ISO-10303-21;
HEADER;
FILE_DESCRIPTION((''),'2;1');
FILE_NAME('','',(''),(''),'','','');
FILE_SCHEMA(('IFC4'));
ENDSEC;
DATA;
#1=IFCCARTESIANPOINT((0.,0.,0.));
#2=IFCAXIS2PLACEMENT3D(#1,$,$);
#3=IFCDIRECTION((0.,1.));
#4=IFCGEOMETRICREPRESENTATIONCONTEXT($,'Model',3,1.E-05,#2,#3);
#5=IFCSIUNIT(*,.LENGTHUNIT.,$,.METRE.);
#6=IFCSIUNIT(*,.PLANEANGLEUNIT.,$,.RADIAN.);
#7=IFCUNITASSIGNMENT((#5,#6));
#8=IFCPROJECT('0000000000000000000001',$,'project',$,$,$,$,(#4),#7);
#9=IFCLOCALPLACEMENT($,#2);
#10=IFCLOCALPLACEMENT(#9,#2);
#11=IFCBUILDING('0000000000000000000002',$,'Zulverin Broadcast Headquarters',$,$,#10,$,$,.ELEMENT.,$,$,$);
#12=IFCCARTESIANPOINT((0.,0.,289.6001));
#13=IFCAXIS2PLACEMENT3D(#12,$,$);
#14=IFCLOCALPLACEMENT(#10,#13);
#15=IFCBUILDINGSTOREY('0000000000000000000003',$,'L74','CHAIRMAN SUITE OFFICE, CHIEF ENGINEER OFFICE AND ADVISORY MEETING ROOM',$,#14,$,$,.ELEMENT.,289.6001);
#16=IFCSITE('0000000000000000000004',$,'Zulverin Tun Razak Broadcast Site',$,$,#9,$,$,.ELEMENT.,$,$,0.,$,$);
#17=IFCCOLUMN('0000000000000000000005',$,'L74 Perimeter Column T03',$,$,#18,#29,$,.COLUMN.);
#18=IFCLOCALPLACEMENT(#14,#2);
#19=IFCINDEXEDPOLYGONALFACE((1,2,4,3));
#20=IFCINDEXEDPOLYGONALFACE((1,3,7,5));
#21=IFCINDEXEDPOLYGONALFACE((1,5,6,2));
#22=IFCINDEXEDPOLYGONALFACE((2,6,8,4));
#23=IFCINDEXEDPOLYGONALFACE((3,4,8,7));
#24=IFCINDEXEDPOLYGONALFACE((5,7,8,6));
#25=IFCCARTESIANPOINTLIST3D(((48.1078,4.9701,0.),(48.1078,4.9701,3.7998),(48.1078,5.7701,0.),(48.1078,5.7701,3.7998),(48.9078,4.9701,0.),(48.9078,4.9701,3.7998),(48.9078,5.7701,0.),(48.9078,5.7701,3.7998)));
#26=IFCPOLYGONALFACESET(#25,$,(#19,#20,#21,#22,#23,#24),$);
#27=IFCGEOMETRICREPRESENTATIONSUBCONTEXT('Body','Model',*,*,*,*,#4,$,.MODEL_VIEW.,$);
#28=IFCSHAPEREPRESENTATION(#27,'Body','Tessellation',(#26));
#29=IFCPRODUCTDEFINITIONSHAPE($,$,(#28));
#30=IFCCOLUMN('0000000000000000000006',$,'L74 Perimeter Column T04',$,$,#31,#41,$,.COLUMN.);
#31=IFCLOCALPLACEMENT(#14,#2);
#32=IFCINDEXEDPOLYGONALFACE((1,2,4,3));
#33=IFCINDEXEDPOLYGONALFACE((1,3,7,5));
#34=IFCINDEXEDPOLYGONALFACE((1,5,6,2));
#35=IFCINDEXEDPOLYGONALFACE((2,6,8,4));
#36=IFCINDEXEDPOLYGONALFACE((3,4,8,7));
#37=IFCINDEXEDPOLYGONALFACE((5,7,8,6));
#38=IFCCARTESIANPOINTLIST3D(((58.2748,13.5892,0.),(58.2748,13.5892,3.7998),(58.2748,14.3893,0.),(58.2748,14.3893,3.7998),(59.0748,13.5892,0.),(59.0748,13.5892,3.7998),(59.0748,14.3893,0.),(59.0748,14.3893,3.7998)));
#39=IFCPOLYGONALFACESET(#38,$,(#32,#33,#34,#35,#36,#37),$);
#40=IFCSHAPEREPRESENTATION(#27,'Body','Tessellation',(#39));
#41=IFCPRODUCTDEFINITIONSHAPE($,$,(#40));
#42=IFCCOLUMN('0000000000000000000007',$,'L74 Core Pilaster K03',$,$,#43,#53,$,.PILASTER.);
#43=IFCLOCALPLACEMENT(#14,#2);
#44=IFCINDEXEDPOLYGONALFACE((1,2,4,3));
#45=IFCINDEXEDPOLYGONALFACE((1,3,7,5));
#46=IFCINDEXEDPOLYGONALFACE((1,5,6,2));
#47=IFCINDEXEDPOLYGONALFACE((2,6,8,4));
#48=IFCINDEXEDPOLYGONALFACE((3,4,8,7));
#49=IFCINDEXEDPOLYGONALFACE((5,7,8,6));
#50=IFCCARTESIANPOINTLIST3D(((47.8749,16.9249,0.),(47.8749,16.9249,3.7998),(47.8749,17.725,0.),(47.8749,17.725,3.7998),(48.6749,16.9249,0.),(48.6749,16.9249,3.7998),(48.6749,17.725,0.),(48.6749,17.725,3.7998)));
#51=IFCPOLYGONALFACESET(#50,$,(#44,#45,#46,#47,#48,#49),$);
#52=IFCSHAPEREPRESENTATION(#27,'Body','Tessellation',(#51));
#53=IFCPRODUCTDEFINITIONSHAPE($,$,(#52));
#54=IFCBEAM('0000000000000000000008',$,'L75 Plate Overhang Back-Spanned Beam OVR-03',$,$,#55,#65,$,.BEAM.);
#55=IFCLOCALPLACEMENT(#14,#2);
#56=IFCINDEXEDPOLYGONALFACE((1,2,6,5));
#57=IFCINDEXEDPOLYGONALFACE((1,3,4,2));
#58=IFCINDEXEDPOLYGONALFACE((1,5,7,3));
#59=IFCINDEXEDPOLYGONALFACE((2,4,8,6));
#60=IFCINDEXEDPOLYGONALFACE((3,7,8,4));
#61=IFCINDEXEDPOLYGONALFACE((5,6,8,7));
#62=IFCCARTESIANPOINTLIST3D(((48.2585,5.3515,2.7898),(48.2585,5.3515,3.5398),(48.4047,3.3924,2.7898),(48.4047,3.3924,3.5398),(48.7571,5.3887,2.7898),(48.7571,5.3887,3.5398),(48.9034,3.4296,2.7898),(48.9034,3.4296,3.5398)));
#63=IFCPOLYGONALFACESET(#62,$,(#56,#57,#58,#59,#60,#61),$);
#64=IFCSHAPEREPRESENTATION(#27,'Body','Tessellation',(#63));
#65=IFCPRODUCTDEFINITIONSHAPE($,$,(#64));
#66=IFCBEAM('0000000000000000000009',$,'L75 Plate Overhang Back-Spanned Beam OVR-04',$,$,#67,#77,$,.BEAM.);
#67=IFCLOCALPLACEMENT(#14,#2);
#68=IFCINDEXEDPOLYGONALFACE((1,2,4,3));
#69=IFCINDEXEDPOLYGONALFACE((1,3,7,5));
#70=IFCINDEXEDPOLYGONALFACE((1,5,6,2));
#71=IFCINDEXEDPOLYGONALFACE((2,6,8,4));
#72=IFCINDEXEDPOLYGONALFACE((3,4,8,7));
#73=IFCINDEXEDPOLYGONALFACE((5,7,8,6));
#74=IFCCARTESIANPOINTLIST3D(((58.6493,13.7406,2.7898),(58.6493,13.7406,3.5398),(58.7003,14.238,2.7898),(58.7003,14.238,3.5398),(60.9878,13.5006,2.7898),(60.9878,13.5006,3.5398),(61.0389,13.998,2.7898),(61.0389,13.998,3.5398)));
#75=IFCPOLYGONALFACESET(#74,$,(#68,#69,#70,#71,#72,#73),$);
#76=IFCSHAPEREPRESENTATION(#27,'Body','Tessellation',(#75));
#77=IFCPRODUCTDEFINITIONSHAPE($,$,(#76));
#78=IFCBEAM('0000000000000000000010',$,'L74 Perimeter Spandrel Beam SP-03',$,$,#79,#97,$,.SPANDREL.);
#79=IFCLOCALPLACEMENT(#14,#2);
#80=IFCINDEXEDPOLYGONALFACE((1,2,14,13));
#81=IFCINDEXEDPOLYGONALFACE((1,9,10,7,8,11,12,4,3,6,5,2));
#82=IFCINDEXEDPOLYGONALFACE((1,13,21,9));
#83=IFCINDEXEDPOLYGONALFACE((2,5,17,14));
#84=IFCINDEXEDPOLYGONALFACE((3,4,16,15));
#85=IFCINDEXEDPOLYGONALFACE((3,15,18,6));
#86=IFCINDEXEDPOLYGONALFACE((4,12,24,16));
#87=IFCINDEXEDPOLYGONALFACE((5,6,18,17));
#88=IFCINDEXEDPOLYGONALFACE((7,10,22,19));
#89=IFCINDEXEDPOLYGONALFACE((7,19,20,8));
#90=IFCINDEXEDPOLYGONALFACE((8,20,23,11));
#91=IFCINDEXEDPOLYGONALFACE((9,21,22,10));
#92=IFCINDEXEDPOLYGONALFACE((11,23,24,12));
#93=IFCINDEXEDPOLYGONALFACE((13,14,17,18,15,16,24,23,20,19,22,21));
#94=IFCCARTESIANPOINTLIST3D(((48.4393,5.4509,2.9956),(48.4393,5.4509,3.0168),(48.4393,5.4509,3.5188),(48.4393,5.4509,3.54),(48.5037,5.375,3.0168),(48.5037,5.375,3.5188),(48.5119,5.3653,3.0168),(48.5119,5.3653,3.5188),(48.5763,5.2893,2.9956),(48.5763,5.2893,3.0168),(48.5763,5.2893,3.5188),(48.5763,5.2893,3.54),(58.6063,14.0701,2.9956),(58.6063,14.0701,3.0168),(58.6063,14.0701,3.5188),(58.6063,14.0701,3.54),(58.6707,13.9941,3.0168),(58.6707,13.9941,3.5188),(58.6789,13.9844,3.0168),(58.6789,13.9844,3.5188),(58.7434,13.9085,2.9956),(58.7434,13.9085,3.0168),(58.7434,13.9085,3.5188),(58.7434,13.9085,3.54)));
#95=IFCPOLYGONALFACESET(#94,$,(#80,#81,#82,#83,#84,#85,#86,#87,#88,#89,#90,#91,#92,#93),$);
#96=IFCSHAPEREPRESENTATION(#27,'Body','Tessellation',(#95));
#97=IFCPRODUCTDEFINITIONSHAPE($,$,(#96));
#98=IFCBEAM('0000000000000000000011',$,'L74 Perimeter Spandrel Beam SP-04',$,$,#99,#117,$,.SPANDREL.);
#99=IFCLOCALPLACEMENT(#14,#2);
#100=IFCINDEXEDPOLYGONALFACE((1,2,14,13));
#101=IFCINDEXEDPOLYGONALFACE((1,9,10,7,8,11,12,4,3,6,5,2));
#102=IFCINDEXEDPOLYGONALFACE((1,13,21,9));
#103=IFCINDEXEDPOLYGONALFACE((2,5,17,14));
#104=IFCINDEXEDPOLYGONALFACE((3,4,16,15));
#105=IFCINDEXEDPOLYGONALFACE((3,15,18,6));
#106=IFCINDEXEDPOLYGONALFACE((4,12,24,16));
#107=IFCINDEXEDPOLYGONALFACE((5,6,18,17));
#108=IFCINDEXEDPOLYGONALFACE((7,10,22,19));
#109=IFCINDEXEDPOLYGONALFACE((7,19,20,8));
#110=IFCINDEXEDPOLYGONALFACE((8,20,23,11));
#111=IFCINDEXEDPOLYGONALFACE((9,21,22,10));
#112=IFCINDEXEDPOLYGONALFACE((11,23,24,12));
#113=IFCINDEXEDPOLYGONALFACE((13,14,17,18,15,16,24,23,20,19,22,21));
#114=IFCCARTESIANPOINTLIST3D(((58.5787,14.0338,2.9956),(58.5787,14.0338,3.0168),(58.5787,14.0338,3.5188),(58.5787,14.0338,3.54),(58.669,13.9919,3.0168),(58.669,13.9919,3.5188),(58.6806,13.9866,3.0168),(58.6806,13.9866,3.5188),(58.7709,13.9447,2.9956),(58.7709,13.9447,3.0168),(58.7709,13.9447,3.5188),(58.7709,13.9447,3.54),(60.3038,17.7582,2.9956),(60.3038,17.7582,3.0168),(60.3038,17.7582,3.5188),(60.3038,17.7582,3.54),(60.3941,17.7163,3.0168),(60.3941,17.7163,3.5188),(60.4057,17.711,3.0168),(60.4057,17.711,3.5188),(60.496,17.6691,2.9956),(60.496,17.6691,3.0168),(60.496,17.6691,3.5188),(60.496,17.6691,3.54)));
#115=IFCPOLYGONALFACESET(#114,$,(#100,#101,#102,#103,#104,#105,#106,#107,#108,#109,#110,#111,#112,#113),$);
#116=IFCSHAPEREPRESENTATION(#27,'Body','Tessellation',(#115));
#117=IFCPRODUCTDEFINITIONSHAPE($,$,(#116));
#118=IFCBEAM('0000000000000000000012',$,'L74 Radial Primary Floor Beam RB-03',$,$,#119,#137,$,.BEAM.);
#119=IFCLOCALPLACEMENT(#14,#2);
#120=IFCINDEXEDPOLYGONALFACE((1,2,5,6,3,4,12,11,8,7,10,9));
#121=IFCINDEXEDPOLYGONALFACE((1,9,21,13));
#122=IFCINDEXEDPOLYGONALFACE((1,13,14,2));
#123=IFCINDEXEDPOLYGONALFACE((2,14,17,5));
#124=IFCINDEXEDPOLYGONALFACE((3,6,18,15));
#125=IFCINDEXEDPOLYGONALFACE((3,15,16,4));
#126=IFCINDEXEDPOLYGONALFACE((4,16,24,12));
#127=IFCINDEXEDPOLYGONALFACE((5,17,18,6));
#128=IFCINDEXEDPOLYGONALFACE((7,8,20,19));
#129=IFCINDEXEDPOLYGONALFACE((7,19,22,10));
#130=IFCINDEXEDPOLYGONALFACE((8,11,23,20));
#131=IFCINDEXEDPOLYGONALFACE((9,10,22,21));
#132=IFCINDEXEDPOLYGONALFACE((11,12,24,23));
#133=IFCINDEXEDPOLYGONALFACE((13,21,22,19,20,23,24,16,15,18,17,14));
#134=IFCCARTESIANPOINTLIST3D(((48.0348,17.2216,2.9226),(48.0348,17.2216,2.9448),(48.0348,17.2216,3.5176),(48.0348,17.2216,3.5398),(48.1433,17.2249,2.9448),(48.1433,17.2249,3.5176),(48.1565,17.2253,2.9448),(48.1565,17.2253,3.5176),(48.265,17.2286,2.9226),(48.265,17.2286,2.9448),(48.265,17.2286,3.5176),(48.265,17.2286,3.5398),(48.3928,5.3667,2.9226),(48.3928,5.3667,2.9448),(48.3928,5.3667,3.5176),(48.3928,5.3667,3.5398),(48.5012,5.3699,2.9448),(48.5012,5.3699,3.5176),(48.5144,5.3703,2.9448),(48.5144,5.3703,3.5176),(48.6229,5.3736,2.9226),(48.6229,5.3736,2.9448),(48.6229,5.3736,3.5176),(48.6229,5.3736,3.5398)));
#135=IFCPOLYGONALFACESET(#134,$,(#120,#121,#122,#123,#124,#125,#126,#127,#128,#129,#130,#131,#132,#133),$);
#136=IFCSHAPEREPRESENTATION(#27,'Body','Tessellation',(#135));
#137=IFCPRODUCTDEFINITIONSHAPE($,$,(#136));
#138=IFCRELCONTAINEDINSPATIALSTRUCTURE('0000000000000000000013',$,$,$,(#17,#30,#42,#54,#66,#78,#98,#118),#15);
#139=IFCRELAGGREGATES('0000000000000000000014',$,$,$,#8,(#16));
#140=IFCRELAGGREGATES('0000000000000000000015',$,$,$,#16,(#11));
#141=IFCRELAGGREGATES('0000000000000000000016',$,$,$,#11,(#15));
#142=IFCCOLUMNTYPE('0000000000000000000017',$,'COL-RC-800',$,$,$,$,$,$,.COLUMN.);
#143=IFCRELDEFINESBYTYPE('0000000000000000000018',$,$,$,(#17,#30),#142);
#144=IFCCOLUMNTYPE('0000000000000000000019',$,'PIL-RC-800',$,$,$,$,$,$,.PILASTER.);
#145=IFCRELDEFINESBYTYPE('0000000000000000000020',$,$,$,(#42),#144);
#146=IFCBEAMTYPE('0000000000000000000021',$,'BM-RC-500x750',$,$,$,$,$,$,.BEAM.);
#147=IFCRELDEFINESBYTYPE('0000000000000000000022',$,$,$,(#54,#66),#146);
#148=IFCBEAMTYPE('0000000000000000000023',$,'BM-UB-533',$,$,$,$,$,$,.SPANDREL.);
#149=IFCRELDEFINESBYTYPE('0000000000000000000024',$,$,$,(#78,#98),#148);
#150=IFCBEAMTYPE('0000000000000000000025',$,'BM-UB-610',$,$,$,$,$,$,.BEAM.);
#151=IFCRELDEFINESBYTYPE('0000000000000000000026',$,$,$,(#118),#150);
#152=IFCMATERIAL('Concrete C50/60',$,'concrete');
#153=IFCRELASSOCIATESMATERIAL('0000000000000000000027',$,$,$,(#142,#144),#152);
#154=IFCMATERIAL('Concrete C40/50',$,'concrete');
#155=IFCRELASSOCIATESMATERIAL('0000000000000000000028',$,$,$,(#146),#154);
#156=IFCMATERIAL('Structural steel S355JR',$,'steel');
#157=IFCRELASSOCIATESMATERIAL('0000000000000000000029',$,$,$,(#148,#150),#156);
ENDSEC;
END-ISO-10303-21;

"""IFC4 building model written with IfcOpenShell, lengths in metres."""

from ifc_helpers import new_model, si_unit, direction, frame, origin, origin_2d, place, context, subcontext, project, spatial, rectangle, i_section, extrude, material, material_profile, profile_set, type_object, element, save


model = new_model("IFC4")

# Units and contexts
model_context = context("Model", 3, precision=1e-05, world=origin(), true_north=direction((0.0, 1.0)))
body_context = subcontext(model_context, "Body", "Model", "MODEL_VIEW")
ifc_project = project(units=[si_unit("LENGTHUNIT", "METRE"), si_unit("PLANEANGLEUNIT", "RADIAN")], contexts=[model_context])

# Site, building, storey
site_placement = place(None, origin())
site = spatial("IfcSite", under=ifc_project, at=site_placement, Name="Zulverin Tun Razak Broadcast Site", CompositionType="ELEMENT", RefElevation=0.0)
building_placement = place(site_placement, origin())
building = spatial("IfcBuilding", under=site, at=building_placement, Name="Zulverin Broadcast Headquarters", CompositionType="ELEMENT")
storey_placement = place(building_placement, frame((0.0, 0.0, 289.6001)))
storey = spatial("IfcBuildingStorey", under=building, at=storey_placement, Name="L74", Description="CHAIRMAN SUITE OFFICE, CHIEF ENGINEER OFFICE AND ADVISORY MEETING ROOM", CompositionType="ELEMENT", Elevation=289.6001)

# Columns
ifc_material_1 = material(Name="Concrete C50/60", Category="concrete")
ifc_material_profile_1 = material_profile(ifc_material_1, rectangle(XDim=0.8, YDim=0.8, at=origin_2d()), Name="Concrete C50/60", Category="concrete")
ifc_profile_set_1 = profile_set([ifc_material_profile_1], Name="Concrete C50/60")
column_type_1 = type_object("IfcColumnType", Name="COL-RC-800", PredefinedType="COLUMN", material=ifc_profile_set_1)
for number, where, z_axis, x_axis, name in (
    (1, (48.5078, 5.3701, 0.0), (0.0, 0.0, 1.0), (1.0, 0.0, 0.0), "L74 Perimeter Column T03"),
    (2, (58.6748, 13.9893, 0.0), (0.0, 0.0, 1.0), (1.0, 0.0, 0.0), "L74 Perimeter Column T04"),
):
    element("IfcColumn", number, at=place(storey_placement, frame(where, z_axis=z_axis, x_axis=x_axis)), inside=storey, type_object=column_type_1, Name=name, PredefinedType="COLUMN", context=body_context, shape_type="SweptSolid", body=[
        extrude(rectangle(XDim=0.8, YDim=0.8, at=origin_2d()), origin(), (0.0, 0.0, 1.0), 3.7998),
    ])
ifc_material_profile_2 = material_profile(ifc_material_1, rectangle(XDim=0.8, YDim=0.8, at=origin_2d()), Name="Concrete C50/60", Category="concrete")
ifc_profile_set_2 = profile_set([ifc_material_profile_2], Name="Concrete C50/60")
column_type_2 = type_object("IfcColumnType", Name="PIL-RC-800", PredefinedType="PILASTER", material=ifc_profile_set_2)
column_placement = place(storey_placement, frame((48.2749, 17.325, 0.0), z_axis=(0.0, 0.0, 1.0), x_axis=(1.0, 0.0, 0.0)))
element("IfcColumn", 3, at=column_placement, inside=storey, type_object=column_type_2, Name="L74 Core Pilaster K03", PredefinedType="PILASTER", context=body_context, shape_type="SweptSolid", body=[
    extrude(rectangle(XDim=0.8, YDim=0.8, at=origin_2d()), origin(), (0.0, 0.0, 1.0), 3.7998),
])

# Beams
ifc_material_2 = material(Name="Concrete C40/50", Category="concrete")
ifc_material_profile_3 = material_profile(ifc_material_2, rectangle(XDim=0.5, YDim=0.75, at=origin_2d()), Name="Concrete C40/50", Category="concrete")
ifc_profile_set_3 = profile_set([ifc_material_profile_3], Name="Concrete C40/50")
beam_type_1 = type_object("IfcBeamType", Name="BM-RC-500x750", PredefinedType="BEAM", material=ifc_profile_set_3)
beam_1_placement = place(storey_placement, frame((48.5078, 5.3701, 3.1648), z_axis=(0.074435, -0.997226, 0.0), x_axis=(0.997226, 0.074435, 0.0)))
element("IfcBeam", 4, at=beam_1_placement, inside=storey, type_object=beam_type_1, Name="L75 Plate Overhang Back-Spanned Beam OVR-03", PredefinedType="BEAM", context=body_context, shape_type="SweptSolid", body=[
    extrude(rectangle(XDim=0.5, YDim=0.75, at=origin_2d()), origin(), (0.0, 0.0, 1.0), 1.9646),
])
beam_2_placement = place(storey_placement, frame((58.6748, 13.9893, 3.1648), z_axis=(0.994776, -0.102084, 0.0), x_axis=(0.102084, 0.994776, 0.0)))
element("IfcBeam", 5, at=beam_2_placement, inside=storey, type_object=beam_type_1, Name="L75 Plate Overhang Back-Spanned Beam OVR-04", PredefinedType="BEAM", context=body_context, shape_type="SweptSolid", body=[
    extrude(rectangle(XDim=0.5, YDim=0.75, at=origin_2d()), origin(), (0.0, 0.0, 1.0), 2.3508),
])
ifc_material_3 = material(Name="Structural steel S355JR", Category="steel")
ifc_material_profile_4 = material_profile(ifc_material_3, i_section(OverallWidth=0.2119, OverallDepth=0.5444, WebThickness=0.0127, FlangeThickness=0.0212, at=origin_2d()), Name="Structural steel S355JR", Category="steel")
ifc_profile_set_4 = profile_set([ifc_material_profile_4], Name="Structural steel S355JR")
beam_type_2 = type_object("IfcBeamType", Name="BM-UB-533", PredefinedType="SPANDREL", material=ifc_profile_set_4)
beam_3_placement = place(storey_placement, frame((48.5078, 5.3701, 3.2678), z_axis=(0.762783, 0.646655, 0.0), x_axis=(-0.646655, 0.762783, 0.0)))
element("IfcBeam", 6, at=beam_3_placement, inside=storey, type_object=beam_type_2, Name="L74 Perimeter Spandrel Beam SP-03", PredefinedType="SPANDREL", context=body_context, shape_type="SweptSolid", body=[
    extrude(i_section(OverallWidth=0.2119, OverallDepth=0.5444, WebThickness=0.0127, FlangeThickness=0.0212, at=origin_2d()), origin(), (0.0, 0.0, 1.0), 13.3289),
])
beam_4_placement = place(storey_placement, frame((58.6748, 13.9893, 3.2678), z_axis=(0.420295, 0.907388, 0.0), x_axis=(-0.907388, 0.420295, 0.0)))
element("IfcBeam", 7, at=beam_4_placement, inside=storey, type_object=beam_type_2, Name="L74 Perimeter Spandrel Beam SP-04", PredefinedType="SPANDREL", context=body_context, shape_type="SweptSolid", body=[
    extrude(i_section(OverallWidth=0.2119, OverallDepth=0.5444, WebThickness=0.0127, FlangeThickness=0.0212, at=origin_2d()), origin(), (0.0, 0.0, 1.0), 4.1045),
])
ifc_material_profile_5 = material_profile(ifc_material_3, i_section(OverallWidth=0.2302, OverallDepth=0.6172, WebThickness=0.0132, FlangeThickness=0.0222, at=origin_2d()), Name="Structural steel S355JR", Category="steel")
ifc_profile_set_5 = profile_set([ifc_material_profile_5], Name="Structural steel S355JR")
beam_type_3 = type_object("IfcBeamType", Name="BM-UB-610", PredefinedType="BEAM", material=ifc_profile_set_5)
beam_5_placement = place(storey_placement, frame((48.1499, 17.2251, 3.2312), z_axis=(0.030177, -0.999545, 0.0), x_axis=(0.999545, 0.030177, 0.0)))
element("IfcBeam", 8, at=beam_5_placement, inside=storey, type_object=beam_type_3, Name="L74 Radial Primary Floor Beam RB-03", PredefinedType="BEAM", context=body_context, shape_type="SweptSolid", body=[
    extrude(i_section(OverallWidth=0.2302, OverallDepth=0.6172, WebThickness=0.0132, FlangeThickness=0.0222, at=origin_2d()), origin(), (0.0, 0.0, 1.0), 11.8604),
])

save(model, "model.ifc")
